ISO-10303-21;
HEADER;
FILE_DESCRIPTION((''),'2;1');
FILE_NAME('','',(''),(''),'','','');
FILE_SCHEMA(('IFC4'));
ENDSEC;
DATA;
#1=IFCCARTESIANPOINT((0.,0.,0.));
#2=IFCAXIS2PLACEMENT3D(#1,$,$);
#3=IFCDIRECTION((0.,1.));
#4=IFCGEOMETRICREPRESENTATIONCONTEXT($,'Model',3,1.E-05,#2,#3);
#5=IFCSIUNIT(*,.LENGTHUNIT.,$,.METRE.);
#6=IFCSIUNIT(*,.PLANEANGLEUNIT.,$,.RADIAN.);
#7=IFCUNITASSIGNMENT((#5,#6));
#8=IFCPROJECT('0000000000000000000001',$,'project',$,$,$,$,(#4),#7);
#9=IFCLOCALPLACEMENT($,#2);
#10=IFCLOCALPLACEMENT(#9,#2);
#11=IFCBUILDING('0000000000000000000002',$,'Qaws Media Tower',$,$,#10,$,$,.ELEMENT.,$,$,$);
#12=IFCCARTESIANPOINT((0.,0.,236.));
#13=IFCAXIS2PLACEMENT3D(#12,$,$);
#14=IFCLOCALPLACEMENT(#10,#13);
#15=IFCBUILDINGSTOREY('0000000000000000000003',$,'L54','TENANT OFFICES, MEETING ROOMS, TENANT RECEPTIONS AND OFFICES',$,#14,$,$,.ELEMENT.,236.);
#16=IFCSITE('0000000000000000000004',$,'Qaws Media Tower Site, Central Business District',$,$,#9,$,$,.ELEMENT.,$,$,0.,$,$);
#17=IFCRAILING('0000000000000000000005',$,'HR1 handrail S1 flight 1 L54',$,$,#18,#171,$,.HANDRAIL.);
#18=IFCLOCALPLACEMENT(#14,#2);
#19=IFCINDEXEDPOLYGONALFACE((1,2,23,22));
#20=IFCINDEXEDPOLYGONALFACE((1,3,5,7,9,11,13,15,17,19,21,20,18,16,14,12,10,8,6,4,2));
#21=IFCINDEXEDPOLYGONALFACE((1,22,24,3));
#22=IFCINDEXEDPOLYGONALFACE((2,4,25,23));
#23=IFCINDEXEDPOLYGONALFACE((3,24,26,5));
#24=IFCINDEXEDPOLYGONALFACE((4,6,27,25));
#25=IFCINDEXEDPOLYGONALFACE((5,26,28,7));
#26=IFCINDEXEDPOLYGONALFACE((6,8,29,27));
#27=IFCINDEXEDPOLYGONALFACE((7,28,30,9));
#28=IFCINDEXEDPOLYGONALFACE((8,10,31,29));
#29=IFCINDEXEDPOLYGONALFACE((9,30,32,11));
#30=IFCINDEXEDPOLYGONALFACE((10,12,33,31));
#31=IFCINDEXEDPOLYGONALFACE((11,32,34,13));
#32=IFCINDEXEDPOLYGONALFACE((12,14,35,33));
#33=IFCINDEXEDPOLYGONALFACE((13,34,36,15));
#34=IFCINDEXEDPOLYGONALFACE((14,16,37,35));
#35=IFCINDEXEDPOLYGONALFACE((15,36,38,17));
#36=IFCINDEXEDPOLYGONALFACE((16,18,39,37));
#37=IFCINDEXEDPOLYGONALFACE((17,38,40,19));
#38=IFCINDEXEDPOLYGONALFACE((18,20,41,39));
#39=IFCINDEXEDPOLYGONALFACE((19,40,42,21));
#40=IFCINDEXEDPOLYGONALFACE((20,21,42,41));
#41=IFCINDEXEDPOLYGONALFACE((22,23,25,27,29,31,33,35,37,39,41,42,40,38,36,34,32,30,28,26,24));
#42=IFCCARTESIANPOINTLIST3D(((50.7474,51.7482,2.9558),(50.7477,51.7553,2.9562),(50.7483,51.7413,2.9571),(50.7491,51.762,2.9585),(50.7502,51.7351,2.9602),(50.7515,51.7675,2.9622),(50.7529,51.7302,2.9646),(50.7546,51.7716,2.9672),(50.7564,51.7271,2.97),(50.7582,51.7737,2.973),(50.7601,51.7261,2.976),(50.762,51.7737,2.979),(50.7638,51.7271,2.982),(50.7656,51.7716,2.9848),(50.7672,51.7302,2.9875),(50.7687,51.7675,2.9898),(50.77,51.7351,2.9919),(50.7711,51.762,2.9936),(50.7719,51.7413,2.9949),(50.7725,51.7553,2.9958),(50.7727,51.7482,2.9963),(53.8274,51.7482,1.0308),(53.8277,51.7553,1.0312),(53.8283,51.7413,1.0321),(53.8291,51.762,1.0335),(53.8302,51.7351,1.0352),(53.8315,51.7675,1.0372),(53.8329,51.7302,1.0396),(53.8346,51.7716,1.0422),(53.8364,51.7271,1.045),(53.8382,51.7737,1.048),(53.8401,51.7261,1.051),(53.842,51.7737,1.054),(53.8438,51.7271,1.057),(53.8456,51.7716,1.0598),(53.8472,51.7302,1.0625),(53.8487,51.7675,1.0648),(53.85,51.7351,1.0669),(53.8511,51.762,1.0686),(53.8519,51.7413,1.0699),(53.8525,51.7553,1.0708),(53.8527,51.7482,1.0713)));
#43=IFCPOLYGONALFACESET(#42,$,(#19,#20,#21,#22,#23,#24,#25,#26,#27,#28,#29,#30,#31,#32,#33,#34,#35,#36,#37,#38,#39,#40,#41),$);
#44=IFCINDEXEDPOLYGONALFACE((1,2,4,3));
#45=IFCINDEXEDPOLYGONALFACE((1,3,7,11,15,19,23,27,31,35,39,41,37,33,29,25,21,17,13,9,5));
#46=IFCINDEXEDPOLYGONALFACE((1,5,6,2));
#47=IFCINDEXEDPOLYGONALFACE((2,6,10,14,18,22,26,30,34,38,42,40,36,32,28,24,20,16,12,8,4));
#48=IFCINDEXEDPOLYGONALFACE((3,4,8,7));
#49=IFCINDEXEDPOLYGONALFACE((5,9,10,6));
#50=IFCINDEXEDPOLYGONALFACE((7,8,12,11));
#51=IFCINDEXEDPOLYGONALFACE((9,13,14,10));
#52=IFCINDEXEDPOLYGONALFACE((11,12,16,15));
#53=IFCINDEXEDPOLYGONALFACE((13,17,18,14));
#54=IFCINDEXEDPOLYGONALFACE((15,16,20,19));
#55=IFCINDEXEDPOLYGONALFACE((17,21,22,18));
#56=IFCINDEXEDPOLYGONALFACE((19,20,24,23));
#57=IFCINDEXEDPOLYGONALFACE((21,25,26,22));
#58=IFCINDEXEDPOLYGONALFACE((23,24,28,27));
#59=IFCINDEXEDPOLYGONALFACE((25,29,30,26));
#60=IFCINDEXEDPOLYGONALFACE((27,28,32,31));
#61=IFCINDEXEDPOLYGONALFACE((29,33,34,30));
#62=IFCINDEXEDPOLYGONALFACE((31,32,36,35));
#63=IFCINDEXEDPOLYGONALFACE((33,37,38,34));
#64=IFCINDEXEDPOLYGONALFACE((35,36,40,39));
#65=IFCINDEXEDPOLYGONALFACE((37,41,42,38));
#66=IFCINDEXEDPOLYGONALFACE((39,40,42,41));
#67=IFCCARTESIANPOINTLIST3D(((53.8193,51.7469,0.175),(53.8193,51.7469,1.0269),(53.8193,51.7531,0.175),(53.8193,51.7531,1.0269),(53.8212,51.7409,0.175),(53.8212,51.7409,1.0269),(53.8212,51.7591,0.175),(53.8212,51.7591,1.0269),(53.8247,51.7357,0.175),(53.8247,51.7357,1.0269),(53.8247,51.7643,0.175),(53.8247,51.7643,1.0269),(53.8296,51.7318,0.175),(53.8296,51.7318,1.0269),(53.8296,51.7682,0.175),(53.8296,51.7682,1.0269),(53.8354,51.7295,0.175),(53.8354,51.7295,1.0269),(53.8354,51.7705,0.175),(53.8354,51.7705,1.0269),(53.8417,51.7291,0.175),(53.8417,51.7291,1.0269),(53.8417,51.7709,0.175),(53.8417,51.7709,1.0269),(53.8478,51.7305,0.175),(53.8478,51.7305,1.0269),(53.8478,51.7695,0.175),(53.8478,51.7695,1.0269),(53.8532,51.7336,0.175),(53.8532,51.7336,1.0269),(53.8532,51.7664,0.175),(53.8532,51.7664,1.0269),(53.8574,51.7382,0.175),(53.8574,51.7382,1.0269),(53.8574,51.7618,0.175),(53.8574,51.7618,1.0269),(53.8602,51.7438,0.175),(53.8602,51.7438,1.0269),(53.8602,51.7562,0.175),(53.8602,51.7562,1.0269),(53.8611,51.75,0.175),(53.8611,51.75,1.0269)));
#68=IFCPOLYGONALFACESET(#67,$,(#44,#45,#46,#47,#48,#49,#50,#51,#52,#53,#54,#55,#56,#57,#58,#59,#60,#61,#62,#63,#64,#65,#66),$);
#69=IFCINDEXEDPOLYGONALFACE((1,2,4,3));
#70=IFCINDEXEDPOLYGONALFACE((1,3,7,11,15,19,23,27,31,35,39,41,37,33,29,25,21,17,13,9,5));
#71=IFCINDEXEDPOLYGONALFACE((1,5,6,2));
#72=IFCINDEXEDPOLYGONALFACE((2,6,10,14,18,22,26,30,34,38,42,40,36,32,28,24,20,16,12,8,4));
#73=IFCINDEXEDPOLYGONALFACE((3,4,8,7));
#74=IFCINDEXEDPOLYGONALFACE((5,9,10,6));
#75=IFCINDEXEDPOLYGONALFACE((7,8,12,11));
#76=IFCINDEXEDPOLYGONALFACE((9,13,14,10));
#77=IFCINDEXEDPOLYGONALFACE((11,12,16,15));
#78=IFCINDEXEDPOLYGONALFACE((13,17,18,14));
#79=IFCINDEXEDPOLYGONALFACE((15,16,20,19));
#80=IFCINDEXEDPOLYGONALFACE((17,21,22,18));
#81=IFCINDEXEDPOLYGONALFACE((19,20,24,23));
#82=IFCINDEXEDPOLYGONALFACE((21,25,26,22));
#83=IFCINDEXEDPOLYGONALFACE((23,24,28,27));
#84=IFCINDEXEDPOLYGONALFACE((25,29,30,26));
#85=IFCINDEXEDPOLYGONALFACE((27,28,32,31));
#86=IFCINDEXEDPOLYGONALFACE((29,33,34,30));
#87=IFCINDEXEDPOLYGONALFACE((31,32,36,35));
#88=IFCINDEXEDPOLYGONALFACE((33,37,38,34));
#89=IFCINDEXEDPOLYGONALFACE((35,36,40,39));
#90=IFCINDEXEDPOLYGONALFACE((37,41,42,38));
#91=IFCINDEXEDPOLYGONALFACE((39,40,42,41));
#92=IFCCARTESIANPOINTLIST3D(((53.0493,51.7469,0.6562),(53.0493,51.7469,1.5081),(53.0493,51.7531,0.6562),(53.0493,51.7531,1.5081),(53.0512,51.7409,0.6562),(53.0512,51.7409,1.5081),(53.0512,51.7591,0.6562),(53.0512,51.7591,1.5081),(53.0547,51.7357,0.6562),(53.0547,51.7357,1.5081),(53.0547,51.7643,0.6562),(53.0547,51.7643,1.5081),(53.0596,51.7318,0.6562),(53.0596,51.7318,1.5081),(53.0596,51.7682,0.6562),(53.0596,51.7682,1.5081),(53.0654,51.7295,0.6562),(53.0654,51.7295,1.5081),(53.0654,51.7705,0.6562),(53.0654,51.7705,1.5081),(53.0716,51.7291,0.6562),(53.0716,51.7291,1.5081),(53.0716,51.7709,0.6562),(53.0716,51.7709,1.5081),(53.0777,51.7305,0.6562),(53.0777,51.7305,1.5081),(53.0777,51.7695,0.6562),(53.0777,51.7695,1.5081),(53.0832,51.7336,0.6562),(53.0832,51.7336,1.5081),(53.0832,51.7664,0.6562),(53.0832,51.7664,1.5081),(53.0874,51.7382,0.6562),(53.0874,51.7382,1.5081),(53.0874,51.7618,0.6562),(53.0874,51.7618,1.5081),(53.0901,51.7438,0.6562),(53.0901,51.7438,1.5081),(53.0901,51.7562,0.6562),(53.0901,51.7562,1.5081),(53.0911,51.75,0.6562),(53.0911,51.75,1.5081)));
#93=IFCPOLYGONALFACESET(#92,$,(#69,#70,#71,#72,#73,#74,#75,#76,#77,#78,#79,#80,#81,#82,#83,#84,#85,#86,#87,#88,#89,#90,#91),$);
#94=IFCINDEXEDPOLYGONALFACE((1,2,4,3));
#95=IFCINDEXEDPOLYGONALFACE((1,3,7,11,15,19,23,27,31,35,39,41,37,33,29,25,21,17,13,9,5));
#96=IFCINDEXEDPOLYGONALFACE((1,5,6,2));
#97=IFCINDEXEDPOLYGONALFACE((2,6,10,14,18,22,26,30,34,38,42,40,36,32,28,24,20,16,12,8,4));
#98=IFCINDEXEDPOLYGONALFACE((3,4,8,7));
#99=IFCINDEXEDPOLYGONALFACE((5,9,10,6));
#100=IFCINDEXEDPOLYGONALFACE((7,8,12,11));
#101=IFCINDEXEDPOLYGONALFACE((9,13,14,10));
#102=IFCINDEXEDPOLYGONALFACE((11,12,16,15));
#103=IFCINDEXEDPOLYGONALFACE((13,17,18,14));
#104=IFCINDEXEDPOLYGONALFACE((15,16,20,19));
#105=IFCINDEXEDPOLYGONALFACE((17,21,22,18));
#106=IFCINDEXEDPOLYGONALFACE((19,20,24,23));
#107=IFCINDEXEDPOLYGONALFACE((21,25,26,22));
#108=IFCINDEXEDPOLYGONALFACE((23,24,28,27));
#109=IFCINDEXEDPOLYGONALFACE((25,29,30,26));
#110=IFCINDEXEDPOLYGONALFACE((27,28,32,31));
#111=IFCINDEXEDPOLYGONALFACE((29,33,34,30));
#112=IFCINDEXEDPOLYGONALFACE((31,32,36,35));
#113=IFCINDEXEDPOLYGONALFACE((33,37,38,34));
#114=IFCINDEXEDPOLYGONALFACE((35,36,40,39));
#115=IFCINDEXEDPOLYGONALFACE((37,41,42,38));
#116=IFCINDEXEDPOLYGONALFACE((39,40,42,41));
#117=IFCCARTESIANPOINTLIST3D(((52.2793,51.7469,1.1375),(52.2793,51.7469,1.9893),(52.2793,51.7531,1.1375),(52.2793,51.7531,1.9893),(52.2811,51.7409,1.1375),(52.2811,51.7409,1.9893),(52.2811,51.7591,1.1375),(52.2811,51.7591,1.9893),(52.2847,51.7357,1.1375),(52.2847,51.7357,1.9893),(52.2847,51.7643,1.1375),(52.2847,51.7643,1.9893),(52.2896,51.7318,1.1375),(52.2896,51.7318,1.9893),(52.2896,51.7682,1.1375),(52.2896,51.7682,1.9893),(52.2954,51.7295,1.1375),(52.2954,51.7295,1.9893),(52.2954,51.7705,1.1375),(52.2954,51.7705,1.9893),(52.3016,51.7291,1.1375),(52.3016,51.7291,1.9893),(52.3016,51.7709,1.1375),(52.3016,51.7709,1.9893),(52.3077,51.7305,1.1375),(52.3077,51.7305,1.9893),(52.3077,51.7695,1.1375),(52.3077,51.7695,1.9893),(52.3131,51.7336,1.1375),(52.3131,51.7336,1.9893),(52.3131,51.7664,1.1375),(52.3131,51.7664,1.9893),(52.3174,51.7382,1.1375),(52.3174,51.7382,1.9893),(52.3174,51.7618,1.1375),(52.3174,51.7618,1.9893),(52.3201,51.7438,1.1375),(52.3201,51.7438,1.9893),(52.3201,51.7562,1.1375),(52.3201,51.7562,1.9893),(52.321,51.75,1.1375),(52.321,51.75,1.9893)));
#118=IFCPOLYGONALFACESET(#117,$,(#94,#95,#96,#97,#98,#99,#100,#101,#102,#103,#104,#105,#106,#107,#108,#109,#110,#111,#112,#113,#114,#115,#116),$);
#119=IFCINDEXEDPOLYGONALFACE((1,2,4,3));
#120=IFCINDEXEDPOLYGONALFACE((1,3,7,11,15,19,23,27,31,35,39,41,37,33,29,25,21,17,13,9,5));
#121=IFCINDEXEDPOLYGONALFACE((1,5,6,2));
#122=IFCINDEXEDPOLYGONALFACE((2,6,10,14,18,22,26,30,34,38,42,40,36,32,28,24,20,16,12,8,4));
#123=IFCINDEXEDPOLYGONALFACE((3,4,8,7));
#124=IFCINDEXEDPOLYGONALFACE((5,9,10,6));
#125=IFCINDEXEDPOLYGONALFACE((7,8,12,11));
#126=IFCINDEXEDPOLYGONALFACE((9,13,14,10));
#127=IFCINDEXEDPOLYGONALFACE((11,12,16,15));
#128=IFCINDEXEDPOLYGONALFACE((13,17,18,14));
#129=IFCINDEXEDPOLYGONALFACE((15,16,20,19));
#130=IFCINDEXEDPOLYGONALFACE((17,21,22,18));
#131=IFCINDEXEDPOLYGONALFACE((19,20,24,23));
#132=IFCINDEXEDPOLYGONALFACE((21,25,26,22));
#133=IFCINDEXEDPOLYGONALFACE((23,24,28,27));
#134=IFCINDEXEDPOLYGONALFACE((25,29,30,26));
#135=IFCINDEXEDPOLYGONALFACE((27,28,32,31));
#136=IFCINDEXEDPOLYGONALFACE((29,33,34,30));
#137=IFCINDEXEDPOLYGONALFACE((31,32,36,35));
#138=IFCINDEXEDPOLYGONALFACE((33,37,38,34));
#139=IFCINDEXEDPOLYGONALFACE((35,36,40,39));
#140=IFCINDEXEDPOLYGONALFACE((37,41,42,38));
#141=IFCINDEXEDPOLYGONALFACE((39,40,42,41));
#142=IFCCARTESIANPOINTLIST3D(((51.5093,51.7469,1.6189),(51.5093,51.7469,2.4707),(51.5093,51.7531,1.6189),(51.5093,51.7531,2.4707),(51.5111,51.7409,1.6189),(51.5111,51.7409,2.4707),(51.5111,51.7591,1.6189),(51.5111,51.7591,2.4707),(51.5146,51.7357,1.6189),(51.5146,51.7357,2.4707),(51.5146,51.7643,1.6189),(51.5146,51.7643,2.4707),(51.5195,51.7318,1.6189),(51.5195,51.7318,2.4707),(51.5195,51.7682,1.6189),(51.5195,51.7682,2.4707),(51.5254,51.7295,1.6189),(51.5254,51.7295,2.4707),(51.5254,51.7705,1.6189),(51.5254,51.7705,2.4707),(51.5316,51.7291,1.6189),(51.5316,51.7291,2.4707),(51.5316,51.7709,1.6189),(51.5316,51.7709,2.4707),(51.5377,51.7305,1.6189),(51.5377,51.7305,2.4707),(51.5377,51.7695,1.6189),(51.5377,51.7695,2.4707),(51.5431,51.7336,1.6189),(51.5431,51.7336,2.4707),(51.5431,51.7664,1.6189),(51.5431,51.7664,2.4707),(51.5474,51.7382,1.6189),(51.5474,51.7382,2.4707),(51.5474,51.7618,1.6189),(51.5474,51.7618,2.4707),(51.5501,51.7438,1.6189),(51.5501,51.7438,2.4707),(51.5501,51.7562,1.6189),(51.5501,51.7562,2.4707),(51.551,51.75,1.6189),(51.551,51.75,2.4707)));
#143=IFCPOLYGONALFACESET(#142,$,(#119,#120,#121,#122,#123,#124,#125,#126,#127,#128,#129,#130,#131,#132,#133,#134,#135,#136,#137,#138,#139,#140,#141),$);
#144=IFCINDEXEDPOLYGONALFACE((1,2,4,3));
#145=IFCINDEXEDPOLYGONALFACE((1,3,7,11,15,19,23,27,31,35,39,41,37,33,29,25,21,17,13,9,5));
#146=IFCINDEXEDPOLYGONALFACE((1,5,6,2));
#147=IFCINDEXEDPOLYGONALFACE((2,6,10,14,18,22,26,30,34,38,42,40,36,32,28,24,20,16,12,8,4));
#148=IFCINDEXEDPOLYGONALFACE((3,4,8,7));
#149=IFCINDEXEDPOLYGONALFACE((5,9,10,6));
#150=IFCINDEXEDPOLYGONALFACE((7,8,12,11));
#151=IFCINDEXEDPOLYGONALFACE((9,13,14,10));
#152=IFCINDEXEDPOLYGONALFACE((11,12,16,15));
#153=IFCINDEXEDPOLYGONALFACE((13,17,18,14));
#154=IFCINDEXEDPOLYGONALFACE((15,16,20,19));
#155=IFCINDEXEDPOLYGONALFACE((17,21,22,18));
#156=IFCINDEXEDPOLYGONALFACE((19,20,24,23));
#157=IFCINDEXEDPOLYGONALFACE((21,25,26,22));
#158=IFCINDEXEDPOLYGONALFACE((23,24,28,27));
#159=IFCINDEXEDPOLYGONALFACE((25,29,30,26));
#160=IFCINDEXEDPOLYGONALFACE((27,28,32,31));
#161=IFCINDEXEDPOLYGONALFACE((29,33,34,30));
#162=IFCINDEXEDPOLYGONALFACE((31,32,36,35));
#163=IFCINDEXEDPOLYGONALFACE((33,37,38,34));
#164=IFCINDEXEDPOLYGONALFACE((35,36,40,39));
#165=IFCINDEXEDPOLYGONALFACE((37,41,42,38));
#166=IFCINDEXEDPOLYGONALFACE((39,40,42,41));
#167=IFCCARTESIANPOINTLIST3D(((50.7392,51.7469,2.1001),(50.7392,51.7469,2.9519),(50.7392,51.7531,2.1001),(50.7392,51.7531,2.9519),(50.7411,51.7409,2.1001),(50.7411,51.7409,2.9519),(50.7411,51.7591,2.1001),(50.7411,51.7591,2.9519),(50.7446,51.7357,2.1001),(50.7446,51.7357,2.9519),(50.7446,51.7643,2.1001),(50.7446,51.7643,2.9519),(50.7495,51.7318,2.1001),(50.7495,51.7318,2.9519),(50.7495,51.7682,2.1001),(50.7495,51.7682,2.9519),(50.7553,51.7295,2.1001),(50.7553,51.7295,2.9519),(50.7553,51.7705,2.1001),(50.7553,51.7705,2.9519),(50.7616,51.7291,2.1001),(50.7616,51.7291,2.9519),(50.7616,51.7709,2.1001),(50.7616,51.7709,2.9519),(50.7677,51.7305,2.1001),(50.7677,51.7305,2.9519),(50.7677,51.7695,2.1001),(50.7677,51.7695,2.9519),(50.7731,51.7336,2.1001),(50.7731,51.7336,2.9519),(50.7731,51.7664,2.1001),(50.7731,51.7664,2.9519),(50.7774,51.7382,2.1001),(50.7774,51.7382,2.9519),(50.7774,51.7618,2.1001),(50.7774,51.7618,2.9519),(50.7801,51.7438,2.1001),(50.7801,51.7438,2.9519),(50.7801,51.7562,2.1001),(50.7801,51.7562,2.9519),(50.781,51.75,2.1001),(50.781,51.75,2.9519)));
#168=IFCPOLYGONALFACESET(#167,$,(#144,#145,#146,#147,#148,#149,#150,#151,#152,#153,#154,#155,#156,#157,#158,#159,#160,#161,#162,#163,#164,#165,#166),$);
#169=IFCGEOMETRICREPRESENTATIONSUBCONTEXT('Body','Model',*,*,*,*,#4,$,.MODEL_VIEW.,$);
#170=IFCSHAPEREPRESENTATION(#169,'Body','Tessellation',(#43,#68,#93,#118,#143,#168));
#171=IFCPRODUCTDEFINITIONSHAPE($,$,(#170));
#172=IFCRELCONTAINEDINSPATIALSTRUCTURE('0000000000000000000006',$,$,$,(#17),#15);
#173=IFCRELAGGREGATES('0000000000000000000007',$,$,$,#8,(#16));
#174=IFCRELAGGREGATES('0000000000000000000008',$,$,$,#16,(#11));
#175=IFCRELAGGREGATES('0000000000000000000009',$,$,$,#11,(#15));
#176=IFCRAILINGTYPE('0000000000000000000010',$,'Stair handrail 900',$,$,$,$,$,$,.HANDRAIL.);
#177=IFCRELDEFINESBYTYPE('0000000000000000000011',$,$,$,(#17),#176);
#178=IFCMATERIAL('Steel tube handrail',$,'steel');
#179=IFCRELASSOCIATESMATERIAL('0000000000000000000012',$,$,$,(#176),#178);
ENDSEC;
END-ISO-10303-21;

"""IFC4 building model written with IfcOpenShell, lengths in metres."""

from ifc_helpers import new_model, si_unit, direction, frame, origin, origin_2d, place, context, subcontext, project, spatial, circle, extrude, material, type_object, element, save


model = new_model("IFC4")

# Units and contexts
model_context = context("Model", 3, precision=1e-05, world=origin(), true_north=direction((0.0, 1.0)))
body_context = subcontext(model_context, "Body", "Model", "MODEL_VIEW")
ifc_project = project(units=[si_unit("LENGTHUNIT", "METRE"), si_unit("PLANEANGLEUNIT", "RADIAN")], contexts=[model_context])

# Site, building, storey
site_placement = place(None, origin())
site = spatial("IfcSite", under=ifc_project, at=site_placement, Name="Qaws Media Tower Site, Central Business District", CompositionType="ELEMENT", RefElevation=0.0)
building_placement = place(site_placement, origin())
building = spatial("IfcBuilding", under=site, at=building_placement, Name="Qaws Media Tower", CompositionType="ELEMENT")
storey_placement = place(building_placement, frame((0.0, 0.0, 236.0)))
storey = spatial("IfcBuildingStorey", under=building, at=storey_placement, Name="L54", Description="TENANT OFFICES, MEETING ROOMS, TENANT RECEPTIONS AND OFFICES", CompositionType="ELEMENT", Elevation=236.0)

# Railing
ifc_material_1 = material(Name="Steel tube handrail", Category="steel")
railing_type = type_object("IfcRailingType", Name="Stair handrail 900", PredefinedType="HANDRAIL", material=ifc_material_1)
railing_placement = place(storey_placement, frame((53.8401, 51.75, 0.175)))
element("IfcRailing", 1, at=railing_placement, inside=storey, type_object=railing_type, Name="HR1 handrail S1 flight 1 L54", PredefinedType="HANDRAIL", context=body_context, shape_type="SweptSolid", body=[
    extrude(circle(Radius=0.0239, at=origin_2d()), frame((0.0, 0.0, 0.876), z_axis=(-0.847998, 0.0, 0.529999), x_axis=(0.0, -1.0, 0.0)), (0.0, 0.0, 1.0), 3.6321),
    extrude(circle(Radius=0.021, at=origin_2d()), origin(), (0.0, 0.0, 1.0), 0.8518),
    extrude(circle(Radius=0.021, at=origin_2d()), frame((-0.77, 0.0, 0.4812)), (0.0, 0.0, 1.0), 0.8518),
    extrude(circle(Radius=0.021, at=origin_2d()), frame((-1.54, 0.0, 0.9624)), (0.0, 0.0, 1.0), 0.8518),
    extrude(circle(Radius=0.021, at=origin_2d()), frame((-2.3101, 0.0, 1.4438)), (0.0, 0.0, 1.0), 0.8518),
    extrude(circle(Radius=0.021, at=origin_2d()), frame((-3.0801, 0.0, 1.925)), (0.0, 0.0, 1.0), 0.8518),
])

save(model, "model.ifc")
